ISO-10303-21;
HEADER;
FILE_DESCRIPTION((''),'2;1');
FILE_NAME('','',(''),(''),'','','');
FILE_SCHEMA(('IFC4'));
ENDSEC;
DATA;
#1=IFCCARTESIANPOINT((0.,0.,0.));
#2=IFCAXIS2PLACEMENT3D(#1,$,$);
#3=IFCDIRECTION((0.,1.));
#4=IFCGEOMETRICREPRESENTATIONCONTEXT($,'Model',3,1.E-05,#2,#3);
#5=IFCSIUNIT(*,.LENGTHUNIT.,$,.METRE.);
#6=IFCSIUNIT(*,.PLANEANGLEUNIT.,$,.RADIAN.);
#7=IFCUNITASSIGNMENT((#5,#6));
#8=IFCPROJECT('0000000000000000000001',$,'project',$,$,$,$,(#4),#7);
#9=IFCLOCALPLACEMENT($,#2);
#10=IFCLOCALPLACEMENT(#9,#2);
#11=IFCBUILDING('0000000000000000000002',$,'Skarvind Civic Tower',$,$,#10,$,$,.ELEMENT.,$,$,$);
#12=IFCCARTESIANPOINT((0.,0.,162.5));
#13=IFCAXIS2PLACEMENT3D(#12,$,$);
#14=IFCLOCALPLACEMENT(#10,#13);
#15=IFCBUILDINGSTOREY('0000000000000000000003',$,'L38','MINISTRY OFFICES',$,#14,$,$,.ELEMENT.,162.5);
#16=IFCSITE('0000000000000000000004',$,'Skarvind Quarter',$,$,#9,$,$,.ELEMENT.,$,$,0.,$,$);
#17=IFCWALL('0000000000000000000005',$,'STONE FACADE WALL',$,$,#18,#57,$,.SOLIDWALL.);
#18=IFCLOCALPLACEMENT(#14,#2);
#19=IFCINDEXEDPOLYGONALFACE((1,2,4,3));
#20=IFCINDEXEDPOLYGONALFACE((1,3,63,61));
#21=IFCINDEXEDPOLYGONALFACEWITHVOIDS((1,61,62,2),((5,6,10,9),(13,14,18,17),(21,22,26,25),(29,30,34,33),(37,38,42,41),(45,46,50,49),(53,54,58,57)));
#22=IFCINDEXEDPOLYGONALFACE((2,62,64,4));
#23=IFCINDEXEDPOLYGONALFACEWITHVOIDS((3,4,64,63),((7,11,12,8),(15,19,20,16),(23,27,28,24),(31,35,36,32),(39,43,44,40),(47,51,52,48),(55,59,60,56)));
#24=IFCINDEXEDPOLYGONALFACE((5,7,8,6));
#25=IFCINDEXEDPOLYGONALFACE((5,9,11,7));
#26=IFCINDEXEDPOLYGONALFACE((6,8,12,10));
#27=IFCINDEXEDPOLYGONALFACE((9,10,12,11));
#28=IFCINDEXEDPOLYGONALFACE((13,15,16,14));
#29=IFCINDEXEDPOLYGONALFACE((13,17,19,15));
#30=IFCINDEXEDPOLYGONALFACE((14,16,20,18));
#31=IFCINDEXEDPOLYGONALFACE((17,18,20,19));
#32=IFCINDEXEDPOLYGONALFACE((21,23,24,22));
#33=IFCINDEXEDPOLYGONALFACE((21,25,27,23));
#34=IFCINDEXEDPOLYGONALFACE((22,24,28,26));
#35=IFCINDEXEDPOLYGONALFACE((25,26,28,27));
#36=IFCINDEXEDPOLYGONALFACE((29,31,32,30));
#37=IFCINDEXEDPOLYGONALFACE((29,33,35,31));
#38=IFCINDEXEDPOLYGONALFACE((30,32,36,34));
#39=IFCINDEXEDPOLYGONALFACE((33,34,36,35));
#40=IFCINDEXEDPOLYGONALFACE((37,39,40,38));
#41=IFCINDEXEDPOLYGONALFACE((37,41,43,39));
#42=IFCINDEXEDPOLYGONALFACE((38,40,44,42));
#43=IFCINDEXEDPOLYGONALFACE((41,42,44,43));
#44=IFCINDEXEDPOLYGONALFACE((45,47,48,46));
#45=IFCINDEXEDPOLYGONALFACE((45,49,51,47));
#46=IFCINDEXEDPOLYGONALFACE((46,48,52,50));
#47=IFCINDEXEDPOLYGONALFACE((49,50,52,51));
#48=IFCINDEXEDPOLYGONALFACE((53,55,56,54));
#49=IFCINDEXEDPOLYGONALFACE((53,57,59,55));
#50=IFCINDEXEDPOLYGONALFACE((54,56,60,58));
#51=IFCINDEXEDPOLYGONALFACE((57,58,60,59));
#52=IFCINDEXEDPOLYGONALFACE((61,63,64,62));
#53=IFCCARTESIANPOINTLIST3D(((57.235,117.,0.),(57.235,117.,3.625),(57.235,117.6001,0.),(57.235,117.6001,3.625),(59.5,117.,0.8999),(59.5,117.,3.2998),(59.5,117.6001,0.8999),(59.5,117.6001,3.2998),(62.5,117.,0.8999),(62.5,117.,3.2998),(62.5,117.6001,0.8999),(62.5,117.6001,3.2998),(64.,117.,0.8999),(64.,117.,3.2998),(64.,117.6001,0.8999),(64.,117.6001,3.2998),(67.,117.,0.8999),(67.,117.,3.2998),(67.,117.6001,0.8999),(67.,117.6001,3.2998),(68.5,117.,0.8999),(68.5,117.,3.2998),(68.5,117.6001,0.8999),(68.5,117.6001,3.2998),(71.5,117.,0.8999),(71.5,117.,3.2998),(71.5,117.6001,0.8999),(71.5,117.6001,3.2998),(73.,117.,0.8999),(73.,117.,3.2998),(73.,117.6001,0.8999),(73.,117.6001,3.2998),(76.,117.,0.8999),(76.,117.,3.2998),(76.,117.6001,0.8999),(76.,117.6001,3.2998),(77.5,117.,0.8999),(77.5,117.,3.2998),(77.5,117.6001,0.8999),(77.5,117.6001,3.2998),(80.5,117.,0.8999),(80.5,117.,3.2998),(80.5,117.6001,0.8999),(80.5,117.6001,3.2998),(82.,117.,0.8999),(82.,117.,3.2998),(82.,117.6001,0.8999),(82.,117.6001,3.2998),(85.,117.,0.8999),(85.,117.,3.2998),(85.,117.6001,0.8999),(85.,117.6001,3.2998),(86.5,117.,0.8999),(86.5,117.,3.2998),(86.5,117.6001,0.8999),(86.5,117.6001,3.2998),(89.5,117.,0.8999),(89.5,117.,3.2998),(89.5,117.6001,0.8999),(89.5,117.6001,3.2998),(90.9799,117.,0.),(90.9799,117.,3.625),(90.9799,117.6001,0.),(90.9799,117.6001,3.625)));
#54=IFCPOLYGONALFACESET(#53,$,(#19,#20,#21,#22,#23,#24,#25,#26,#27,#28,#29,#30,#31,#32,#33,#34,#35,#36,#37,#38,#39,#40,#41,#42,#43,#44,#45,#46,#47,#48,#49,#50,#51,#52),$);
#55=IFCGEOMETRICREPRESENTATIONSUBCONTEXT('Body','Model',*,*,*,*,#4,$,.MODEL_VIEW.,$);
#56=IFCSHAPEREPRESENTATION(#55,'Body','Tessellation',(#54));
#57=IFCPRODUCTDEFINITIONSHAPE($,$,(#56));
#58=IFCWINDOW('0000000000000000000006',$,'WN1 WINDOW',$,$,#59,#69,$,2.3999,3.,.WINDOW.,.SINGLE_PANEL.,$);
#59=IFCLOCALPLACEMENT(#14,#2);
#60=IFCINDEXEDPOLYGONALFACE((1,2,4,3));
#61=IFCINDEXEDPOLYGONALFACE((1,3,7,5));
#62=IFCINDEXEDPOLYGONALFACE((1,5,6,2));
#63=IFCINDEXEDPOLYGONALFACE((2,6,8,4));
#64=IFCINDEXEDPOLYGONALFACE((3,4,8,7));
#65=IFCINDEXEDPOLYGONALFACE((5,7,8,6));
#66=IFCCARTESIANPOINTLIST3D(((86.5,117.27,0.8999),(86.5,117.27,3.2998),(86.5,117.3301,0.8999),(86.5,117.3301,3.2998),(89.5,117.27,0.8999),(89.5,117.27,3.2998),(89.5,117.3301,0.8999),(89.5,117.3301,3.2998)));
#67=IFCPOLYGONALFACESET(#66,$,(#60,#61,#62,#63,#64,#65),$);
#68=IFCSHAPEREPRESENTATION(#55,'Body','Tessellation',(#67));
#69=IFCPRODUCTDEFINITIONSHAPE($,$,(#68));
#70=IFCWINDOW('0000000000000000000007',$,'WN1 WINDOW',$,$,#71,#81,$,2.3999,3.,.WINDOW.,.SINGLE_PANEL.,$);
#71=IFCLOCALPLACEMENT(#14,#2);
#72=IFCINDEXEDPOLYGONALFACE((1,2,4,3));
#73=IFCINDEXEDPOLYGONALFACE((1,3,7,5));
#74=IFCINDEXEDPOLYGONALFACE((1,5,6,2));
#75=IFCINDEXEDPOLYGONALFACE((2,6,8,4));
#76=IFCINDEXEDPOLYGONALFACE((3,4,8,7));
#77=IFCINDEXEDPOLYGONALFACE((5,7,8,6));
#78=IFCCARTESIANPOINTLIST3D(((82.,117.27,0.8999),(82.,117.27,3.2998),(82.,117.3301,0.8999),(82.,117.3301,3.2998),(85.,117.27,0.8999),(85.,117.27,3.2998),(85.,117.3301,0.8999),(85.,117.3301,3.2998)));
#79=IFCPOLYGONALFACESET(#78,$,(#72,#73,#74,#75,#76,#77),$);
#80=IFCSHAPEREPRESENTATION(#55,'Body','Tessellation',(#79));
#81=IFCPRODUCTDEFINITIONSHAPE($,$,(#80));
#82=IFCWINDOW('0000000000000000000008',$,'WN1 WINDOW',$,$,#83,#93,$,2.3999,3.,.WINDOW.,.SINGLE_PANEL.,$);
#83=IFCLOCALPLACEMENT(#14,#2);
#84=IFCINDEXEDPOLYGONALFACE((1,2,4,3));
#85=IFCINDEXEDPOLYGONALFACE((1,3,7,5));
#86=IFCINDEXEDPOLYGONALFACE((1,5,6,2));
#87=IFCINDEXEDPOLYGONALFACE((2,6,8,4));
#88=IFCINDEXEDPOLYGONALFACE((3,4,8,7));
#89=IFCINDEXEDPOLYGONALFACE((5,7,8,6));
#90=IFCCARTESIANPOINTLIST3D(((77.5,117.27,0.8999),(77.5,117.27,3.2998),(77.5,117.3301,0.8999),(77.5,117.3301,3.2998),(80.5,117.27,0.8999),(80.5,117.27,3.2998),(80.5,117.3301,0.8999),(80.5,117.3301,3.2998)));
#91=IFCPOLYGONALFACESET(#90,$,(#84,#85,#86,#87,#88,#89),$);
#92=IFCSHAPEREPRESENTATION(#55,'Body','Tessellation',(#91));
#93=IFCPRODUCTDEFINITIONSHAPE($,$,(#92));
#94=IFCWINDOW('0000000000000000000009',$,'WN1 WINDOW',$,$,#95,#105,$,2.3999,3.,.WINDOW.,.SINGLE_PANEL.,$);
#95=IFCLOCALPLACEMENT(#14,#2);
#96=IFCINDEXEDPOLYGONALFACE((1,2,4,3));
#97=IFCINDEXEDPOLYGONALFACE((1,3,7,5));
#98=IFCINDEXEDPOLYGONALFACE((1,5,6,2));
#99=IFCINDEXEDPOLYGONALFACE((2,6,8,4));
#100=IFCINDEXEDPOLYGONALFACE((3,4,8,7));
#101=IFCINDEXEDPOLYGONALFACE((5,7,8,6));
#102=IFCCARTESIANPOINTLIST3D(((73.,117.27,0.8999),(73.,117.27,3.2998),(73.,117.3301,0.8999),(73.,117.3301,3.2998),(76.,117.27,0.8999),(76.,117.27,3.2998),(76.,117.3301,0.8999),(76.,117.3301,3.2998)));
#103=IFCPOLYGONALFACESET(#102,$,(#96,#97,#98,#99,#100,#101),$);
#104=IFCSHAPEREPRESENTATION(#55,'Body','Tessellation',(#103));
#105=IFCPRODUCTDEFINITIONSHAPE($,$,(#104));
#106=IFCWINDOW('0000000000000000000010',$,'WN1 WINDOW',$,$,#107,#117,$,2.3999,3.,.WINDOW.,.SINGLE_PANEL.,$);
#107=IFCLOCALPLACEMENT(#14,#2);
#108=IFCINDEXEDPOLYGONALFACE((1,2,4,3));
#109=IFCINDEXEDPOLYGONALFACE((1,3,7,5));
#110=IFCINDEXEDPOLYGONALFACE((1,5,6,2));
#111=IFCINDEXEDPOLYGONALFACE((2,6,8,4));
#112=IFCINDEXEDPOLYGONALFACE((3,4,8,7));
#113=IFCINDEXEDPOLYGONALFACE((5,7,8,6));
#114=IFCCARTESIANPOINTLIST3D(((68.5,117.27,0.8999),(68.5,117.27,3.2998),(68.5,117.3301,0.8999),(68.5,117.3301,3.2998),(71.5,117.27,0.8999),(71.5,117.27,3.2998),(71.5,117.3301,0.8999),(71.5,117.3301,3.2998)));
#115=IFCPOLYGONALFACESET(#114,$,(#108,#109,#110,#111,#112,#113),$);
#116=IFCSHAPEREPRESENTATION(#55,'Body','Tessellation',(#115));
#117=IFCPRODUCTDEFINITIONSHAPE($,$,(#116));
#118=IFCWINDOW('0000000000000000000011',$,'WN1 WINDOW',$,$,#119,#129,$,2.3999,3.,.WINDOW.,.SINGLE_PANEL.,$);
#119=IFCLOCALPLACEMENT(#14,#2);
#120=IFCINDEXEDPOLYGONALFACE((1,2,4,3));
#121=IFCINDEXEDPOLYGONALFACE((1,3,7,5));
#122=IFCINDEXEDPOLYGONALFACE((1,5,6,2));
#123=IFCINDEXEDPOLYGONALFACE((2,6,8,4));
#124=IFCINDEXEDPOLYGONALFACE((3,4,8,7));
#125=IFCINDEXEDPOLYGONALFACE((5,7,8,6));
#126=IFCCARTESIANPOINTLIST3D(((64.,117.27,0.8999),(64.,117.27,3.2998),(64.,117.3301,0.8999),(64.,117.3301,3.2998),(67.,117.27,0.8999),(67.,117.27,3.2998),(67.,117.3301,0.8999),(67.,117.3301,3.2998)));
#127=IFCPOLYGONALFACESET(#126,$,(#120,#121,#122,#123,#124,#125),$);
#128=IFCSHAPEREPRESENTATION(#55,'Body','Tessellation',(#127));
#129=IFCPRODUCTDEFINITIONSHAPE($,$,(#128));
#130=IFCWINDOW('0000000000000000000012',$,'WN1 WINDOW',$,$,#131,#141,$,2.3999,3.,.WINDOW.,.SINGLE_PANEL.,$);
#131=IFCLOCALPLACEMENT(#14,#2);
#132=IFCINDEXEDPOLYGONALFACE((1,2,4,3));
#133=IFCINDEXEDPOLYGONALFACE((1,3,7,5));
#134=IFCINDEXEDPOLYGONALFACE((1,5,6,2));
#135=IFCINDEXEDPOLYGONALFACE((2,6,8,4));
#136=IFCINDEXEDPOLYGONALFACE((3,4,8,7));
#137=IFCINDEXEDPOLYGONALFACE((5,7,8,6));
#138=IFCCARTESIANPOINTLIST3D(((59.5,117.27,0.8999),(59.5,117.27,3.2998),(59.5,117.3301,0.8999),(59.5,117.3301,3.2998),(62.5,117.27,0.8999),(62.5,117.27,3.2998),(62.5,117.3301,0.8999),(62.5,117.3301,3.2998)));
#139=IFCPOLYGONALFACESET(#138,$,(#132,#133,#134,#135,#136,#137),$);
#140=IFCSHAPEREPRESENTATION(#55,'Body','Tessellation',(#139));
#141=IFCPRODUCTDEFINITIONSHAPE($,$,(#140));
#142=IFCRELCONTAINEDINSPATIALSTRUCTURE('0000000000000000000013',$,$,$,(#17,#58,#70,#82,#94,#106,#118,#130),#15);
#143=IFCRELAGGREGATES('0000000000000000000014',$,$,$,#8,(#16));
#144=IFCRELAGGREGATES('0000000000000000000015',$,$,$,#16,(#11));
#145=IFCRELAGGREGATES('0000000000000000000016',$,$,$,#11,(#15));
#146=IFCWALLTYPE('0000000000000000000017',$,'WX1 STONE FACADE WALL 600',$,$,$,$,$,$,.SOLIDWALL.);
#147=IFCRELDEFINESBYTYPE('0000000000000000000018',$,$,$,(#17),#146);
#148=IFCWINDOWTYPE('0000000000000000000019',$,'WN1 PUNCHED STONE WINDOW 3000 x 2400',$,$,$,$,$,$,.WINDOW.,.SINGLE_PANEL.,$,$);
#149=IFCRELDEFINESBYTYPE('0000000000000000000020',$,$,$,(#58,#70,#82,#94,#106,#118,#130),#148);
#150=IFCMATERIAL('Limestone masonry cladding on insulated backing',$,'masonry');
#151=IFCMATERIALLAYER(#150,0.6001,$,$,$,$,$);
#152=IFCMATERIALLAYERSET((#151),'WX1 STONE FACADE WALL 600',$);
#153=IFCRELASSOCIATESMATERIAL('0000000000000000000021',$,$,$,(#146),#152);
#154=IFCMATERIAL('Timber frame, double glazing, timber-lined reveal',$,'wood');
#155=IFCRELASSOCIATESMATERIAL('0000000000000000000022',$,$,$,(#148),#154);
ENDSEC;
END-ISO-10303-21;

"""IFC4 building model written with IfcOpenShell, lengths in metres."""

from ifc_helpers import new_model, si_unit, direction, frame, frame_2d, origin, place, context, subcontext, project, spatial, rectangle, extrude, material, layer, layer_set, type_object, element, fill, save


model = new_model("IFC4")

# Units and contexts
model_context = context("Model", 3, precision=1e-05, world=origin(), true_north=direction((0.0, 1.0)))
body_context = subcontext(model_context, "Body", "Model", "MODEL_VIEW")
ifc_project = project(units=[si_unit("LENGTHUNIT", "METRE"), si_unit("PLANEANGLEUNIT", "RADIAN")], contexts=[model_context])

# Site, building, storey
site_placement = place(None, origin())
site = spatial("IfcSite", under=ifc_project, at=site_placement, Name="Skarvind Quarter", CompositionType="ELEMENT", RefElevation=0.0)
building_placement = place(site_placement, origin())
building = spatial("IfcBuilding", under=site, at=building_placement, Name="Skarvind Civic Tower", CompositionType="ELEMENT")
storey_placement = place(building_placement, frame((0.0, 0.0, 162.5)))
storey = spatial("IfcBuildingStorey", under=building, at=storey_placement, Name="L38", Description="MINISTRY OFFICES", CompositionType="ELEMENT", Elevation=162.5)

# Wall, openings, windows
ifc_material_1 = material(Name="Limestone masonry cladding on insulated backing", Category="masonry")
ifc_layer_1 = layer(ifc_material_1, 0.6001)
ifc_layer_set_1 = layer_set([ifc_layer_1], Name="WX1 STONE FACADE WALL 600")
wall_type_1 = type_object("IfcWallType", Name="WX1 STONE FACADE WALL 600", PredefinedType="SOLIDWALL", material=ifc_layer_set_1)
wall_1_placement = place(storey_placement, frame((90.98, 117.3, 0.0), z_axis=(0.0, 0.0, 1.0), x_axis=(-1.0, 0.0, 0.0)))
wall_1 = element("IfcWall", 1, at=wall_1_placement, inside=storey, type_object=wall_type_1, Name="STONE FACADE WALL", PredefinedType="SOLIDWALL", context=body_context, shape_type="SweptSolid", body=[
    extrude(rectangle(XDim=33.7449, YDim=0.6001, at=frame_2d((16.8726, 0.0))), origin(), (0.0, 0.0, 1.0), 3.625),
])
opening_1_placement = place(wall_1_placement, frame((1.48, 0.0, 0.8999)))
opening_1 = element("IfcOpeningElement", 2, at=opening_1_placement, cuts=wall_1, PredefinedType="OPENING", context=body_context, shape_type="SweptSolid", body=[
    extrude(rectangle(XDim=3.0, YDim=2.3999, at=frame_2d((1.5, 1.2))), frame((0.0, 0.3101, 0.0), z_axis=(0.0, -1.0, 0.0), x_axis=(1.0, 0.0, 0.0)), (0.0, 0.0, 1.0), 0.6201),
])
opening_2_placement = place(wall_1_placement, frame((5.98, 0.0, 0.8999)))
opening_2 = element("IfcOpeningElement", 3, at=opening_2_placement, cuts=wall_1, PredefinedType="OPENING", context=body_context, shape_type="SweptSolid", body=[
    extrude(rectangle(XDim=3.0, YDim=2.3999, at=frame_2d((1.5, 1.2))), frame((0.0, 0.3101, 0.0), z_axis=(0.0, -1.0, 0.0), x_axis=(1.0, 0.0, 0.0)), (0.0, 0.0, 1.0), 0.6201),
])
opening_3_placement = place(wall_1_placement, frame((10.48, 0.0, 0.8999)))
opening_3 = element("IfcOpeningElement", 4, at=opening_3_placement, cuts=wall_1, PredefinedType="OPENING", context=body_context, shape_type="SweptSolid", body=[
    extrude(rectangle(XDim=3.0, YDim=2.3999, at=frame_2d((1.5, 1.2))), frame((0.0, 0.3101, 0.0), z_axis=(0.0, -1.0, 0.0), x_axis=(1.0, 0.0, 0.0)), (0.0, 0.0, 1.0), 0.6201),
])
opening_4_placement = place(wall_1_placement, frame((14.98, 0.0, 0.8999)))
opening_4 = element("IfcOpeningElement", 5, at=opening_4_placement, cuts=wall_1, PredefinedType="OPENING", context=body_context, shape_type="SweptSolid", body=[
    extrude(rectangle(XDim=3.0, YDim=2.3999, at=frame_2d((1.5, 1.2))), frame((0.0, 0.3101, 0.0), z_axis=(0.0, -1.0, 0.0), x_axis=(1.0, 0.0, 0.0)), (0.0, 0.0, 1.0), 0.6201),
])
opening_5_placement = place(wall_1_placement, frame((19.48, 0.0, 0.8999)))
opening_5 = element("IfcOpeningElement", 6, at=opening_5_placement, cuts=wall_1, PredefinedType="OPENING", context=body_context, shape_type="SweptSolid", body=[
    extrude(rectangle(XDim=3.0, YDim=2.3999, at=frame_2d((1.5, 1.2))), frame((0.0, 0.3101, 0.0), z_axis=(0.0, -1.0, 0.0), x_axis=(1.0, 0.0, 0.0)), (0.0, 0.0, 1.0), 0.6201),
])
opening_6_placement = place(wall_1_placement, frame((23.98, 0.0, 0.8999)))
opening_6 = element("IfcOpeningElement", 7, at=opening_6_placement, cuts=wall_1, PredefinedType="OPENING", context=body_context, shape_type="SweptSolid", body=[
    extrude(rectangle(XDim=3.0, YDim=2.3999, at=frame_2d((1.5, 1.2))), frame((0.0, 0.3101, 0.0), z_axis=(0.0, -1.0, 0.0), x_axis=(1.0, 0.0, 0.0)), (0.0, 0.0, 1.0), 0.6201),
])
opening_7_placement = place(wall_1_placement, frame((28.48, 0.0, 0.8999)))
opening_7 = element("IfcOpeningElement", 8, at=opening_7_placement, cuts=wall_1, PredefinedType="OPENING", context=body_context, shape_type="SweptSolid", body=[
    extrude(rectangle(XDim=3.0, YDim=2.3999, at=frame_2d((1.5, 1.2))), frame((0.0, 0.3101, 0.0), z_axis=(0.0, -1.0, 0.0), x_axis=(1.0, 0.0, 0.0)), (0.0, 0.0, 1.0), 0.6201),
])
ifc_material_2 = material(Name="Timber frame, double glazing, timber-lined reveal", Category="wood")
window_type = type_object("IfcWindowType", Name="WN1 PUNCHED STONE WINDOW 3000 x 2400", PartitioningType="SINGLE_PANEL", PredefinedType="WINDOW", material=ifc_material_2)
window_1_placement = place(opening_1_placement, origin())
window_1 = element("IfcWindow", 9, at=window_1_placement, inside=storey, type_object=window_type, Name="WN1 WINDOW", OverallHeight=2.3999, OverallWidth=3.0, PartitioningType="SINGLE_PANEL", PredefinedType="WINDOW", context=body_context, shape_type="SweptSolid", body=[
    extrude(rectangle(XDim=3.0, YDim=2.3999, at=frame_2d((1.5, 1.2))), frame((0.0, 0.03, 0.0), z_axis=(0.0, -1.0, 0.0), x_axis=(1.0, 0.0, 0.0)), (0.0, 0.0, 1.0), 0.0601),
])
fill(opening_1, window_1)
window_2_placement = place(opening_2_placement, origin())
window_2 = element("IfcWindow", 10, at=window_2_placement, inside=storey, type_object=window_type, Name="WN1 WINDOW", OverallHeight=2.3999, OverallWidth=3.0, PartitioningType="SINGLE_PANEL", PredefinedType="WINDOW", context=body_context, shape_type="SweptSolid", body=[
    extrude(rectangle(XDim=3.0, YDim=2.3999, at=frame_2d((1.5, 1.2))), frame((0.0, 0.03, 0.0), z_axis=(0.0, -1.0, 0.0), x_axis=(1.0, 0.0, 0.0)), (0.0, 0.0, 1.0), 0.0601),
])
fill(opening_2, window_2)
window_3_placement = place(opening_3_placement, origin())
window_3 = element("IfcWindow", 11, at=window_3_placement, inside=storey, type_object=window_type, Name="WN1 WINDOW", OverallHeight=2.3999, OverallWidth=3.0, PartitioningType="SINGLE_PANEL", PredefinedType="WINDOW", context=body_context, shape_type="SweptSolid", body=[
    extrude(rectangle(XDim=3.0, YDim=2.3999, at=frame_2d((1.5, 1.2))), frame((0.0, 0.03, 0.0), z_axis=(0.0, -1.0, 0.0), x_axis=(1.0, 0.0, 0.0)), (0.0, 0.0, 1.0), 0.0601),
])
fill(opening_3, window_3)
window_4_placement = place(opening_4_placement, origin())
window_4 = element("IfcWindow", 12, at=window_4_placement, inside=storey, type_object=window_type, Name="WN1 WINDOW", OverallHeight=2.3999, OverallWidth=3.0, PartitioningType="SINGLE_PANEL", PredefinedType="WINDOW", context=body_context, shape_type="SweptSolid", body=[
    extrude(rectangle(XDim=3.0, YDim=2.3999, at=frame_2d((1.5, 1.2))), frame((0.0, 0.03, 0.0), z_axis=(0.0, -1.0, 0.0), x_axis=(1.0, 0.0, 0.0)), (0.0, 0.0, 1.0), 0.0601),
])
fill(opening_4, window_4)
window_5_placement = place(opening_5_placement, origin())
window_5 = element("IfcWindow", 13, at=window_5_placement, inside=storey, type_object=window_type, Name="WN1 WINDOW", OverallHeight=2.3999, OverallWidth=3.0, PartitioningType="SINGLE_PANEL", PredefinedType="WINDOW", context=body_context, shape_type="SweptSolid", body=[
    extrude(rectangle(XDim=3.0, YDim=2.3999, at=frame_2d((1.5, 1.2))), frame((0.0, 0.03, 0.0), z_axis=(0.0, -1.0, 0.0), x_axis=(1.0, 0.0, 0.0)), (0.0, 0.0, 1.0), 0.0601),
])
fill(opening_5, window_5)
window_6_placement = place(opening_6_placement, origin())
window_6 = element("IfcWindow", 14, at=window_6_placement, inside=storey, type_object=window_type, Name="WN1 WINDOW", OverallHeight=2.3999, OverallWidth=3.0, PartitioningType="SINGLE_PANEL", PredefinedType="WINDOW", context=body_context, shape_type="SweptSolid", body=[
    extrude(rectangle(XDim=3.0, YDim=2.3999, at=frame_2d((1.5, 1.2))), frame((0.0, 0.03, 0.0), z_axis=(0.0, -1.0, 0.0), x_axis=(1.0, 0.0, 0.0)), (0.0, 0.0, 1.0), 0.0601),
])
fill(opening_6, window_6)
window_7_placement = place(opening_7_placement, origin())
window_7 = element("IfcWindow", 15, at=window_7_placement, inside=storey, type_object=window_type, Name="WN1 WINDOW", OverallHeight=2.3999, OverallWidth=3.0, PartitioningType="SINGLE_PANEL", PredefinedType="WINDOW", context=body_context, shape_type="SweptSolid", body=[
    extrude(rectangle(XDim=3.0, YDim=2.3999, at=frame_2d((1.5, 1.2))), frame((0.0, 0.03, 0.0), z_axis=(0.0, -1.0, 0.0), x_axis=(1.0, 0.0, 0.0)), (0.0, 0.0, 1.0), 0.0601),
])
fill(opening_7, window_7)

save(model, "model.ifc")
